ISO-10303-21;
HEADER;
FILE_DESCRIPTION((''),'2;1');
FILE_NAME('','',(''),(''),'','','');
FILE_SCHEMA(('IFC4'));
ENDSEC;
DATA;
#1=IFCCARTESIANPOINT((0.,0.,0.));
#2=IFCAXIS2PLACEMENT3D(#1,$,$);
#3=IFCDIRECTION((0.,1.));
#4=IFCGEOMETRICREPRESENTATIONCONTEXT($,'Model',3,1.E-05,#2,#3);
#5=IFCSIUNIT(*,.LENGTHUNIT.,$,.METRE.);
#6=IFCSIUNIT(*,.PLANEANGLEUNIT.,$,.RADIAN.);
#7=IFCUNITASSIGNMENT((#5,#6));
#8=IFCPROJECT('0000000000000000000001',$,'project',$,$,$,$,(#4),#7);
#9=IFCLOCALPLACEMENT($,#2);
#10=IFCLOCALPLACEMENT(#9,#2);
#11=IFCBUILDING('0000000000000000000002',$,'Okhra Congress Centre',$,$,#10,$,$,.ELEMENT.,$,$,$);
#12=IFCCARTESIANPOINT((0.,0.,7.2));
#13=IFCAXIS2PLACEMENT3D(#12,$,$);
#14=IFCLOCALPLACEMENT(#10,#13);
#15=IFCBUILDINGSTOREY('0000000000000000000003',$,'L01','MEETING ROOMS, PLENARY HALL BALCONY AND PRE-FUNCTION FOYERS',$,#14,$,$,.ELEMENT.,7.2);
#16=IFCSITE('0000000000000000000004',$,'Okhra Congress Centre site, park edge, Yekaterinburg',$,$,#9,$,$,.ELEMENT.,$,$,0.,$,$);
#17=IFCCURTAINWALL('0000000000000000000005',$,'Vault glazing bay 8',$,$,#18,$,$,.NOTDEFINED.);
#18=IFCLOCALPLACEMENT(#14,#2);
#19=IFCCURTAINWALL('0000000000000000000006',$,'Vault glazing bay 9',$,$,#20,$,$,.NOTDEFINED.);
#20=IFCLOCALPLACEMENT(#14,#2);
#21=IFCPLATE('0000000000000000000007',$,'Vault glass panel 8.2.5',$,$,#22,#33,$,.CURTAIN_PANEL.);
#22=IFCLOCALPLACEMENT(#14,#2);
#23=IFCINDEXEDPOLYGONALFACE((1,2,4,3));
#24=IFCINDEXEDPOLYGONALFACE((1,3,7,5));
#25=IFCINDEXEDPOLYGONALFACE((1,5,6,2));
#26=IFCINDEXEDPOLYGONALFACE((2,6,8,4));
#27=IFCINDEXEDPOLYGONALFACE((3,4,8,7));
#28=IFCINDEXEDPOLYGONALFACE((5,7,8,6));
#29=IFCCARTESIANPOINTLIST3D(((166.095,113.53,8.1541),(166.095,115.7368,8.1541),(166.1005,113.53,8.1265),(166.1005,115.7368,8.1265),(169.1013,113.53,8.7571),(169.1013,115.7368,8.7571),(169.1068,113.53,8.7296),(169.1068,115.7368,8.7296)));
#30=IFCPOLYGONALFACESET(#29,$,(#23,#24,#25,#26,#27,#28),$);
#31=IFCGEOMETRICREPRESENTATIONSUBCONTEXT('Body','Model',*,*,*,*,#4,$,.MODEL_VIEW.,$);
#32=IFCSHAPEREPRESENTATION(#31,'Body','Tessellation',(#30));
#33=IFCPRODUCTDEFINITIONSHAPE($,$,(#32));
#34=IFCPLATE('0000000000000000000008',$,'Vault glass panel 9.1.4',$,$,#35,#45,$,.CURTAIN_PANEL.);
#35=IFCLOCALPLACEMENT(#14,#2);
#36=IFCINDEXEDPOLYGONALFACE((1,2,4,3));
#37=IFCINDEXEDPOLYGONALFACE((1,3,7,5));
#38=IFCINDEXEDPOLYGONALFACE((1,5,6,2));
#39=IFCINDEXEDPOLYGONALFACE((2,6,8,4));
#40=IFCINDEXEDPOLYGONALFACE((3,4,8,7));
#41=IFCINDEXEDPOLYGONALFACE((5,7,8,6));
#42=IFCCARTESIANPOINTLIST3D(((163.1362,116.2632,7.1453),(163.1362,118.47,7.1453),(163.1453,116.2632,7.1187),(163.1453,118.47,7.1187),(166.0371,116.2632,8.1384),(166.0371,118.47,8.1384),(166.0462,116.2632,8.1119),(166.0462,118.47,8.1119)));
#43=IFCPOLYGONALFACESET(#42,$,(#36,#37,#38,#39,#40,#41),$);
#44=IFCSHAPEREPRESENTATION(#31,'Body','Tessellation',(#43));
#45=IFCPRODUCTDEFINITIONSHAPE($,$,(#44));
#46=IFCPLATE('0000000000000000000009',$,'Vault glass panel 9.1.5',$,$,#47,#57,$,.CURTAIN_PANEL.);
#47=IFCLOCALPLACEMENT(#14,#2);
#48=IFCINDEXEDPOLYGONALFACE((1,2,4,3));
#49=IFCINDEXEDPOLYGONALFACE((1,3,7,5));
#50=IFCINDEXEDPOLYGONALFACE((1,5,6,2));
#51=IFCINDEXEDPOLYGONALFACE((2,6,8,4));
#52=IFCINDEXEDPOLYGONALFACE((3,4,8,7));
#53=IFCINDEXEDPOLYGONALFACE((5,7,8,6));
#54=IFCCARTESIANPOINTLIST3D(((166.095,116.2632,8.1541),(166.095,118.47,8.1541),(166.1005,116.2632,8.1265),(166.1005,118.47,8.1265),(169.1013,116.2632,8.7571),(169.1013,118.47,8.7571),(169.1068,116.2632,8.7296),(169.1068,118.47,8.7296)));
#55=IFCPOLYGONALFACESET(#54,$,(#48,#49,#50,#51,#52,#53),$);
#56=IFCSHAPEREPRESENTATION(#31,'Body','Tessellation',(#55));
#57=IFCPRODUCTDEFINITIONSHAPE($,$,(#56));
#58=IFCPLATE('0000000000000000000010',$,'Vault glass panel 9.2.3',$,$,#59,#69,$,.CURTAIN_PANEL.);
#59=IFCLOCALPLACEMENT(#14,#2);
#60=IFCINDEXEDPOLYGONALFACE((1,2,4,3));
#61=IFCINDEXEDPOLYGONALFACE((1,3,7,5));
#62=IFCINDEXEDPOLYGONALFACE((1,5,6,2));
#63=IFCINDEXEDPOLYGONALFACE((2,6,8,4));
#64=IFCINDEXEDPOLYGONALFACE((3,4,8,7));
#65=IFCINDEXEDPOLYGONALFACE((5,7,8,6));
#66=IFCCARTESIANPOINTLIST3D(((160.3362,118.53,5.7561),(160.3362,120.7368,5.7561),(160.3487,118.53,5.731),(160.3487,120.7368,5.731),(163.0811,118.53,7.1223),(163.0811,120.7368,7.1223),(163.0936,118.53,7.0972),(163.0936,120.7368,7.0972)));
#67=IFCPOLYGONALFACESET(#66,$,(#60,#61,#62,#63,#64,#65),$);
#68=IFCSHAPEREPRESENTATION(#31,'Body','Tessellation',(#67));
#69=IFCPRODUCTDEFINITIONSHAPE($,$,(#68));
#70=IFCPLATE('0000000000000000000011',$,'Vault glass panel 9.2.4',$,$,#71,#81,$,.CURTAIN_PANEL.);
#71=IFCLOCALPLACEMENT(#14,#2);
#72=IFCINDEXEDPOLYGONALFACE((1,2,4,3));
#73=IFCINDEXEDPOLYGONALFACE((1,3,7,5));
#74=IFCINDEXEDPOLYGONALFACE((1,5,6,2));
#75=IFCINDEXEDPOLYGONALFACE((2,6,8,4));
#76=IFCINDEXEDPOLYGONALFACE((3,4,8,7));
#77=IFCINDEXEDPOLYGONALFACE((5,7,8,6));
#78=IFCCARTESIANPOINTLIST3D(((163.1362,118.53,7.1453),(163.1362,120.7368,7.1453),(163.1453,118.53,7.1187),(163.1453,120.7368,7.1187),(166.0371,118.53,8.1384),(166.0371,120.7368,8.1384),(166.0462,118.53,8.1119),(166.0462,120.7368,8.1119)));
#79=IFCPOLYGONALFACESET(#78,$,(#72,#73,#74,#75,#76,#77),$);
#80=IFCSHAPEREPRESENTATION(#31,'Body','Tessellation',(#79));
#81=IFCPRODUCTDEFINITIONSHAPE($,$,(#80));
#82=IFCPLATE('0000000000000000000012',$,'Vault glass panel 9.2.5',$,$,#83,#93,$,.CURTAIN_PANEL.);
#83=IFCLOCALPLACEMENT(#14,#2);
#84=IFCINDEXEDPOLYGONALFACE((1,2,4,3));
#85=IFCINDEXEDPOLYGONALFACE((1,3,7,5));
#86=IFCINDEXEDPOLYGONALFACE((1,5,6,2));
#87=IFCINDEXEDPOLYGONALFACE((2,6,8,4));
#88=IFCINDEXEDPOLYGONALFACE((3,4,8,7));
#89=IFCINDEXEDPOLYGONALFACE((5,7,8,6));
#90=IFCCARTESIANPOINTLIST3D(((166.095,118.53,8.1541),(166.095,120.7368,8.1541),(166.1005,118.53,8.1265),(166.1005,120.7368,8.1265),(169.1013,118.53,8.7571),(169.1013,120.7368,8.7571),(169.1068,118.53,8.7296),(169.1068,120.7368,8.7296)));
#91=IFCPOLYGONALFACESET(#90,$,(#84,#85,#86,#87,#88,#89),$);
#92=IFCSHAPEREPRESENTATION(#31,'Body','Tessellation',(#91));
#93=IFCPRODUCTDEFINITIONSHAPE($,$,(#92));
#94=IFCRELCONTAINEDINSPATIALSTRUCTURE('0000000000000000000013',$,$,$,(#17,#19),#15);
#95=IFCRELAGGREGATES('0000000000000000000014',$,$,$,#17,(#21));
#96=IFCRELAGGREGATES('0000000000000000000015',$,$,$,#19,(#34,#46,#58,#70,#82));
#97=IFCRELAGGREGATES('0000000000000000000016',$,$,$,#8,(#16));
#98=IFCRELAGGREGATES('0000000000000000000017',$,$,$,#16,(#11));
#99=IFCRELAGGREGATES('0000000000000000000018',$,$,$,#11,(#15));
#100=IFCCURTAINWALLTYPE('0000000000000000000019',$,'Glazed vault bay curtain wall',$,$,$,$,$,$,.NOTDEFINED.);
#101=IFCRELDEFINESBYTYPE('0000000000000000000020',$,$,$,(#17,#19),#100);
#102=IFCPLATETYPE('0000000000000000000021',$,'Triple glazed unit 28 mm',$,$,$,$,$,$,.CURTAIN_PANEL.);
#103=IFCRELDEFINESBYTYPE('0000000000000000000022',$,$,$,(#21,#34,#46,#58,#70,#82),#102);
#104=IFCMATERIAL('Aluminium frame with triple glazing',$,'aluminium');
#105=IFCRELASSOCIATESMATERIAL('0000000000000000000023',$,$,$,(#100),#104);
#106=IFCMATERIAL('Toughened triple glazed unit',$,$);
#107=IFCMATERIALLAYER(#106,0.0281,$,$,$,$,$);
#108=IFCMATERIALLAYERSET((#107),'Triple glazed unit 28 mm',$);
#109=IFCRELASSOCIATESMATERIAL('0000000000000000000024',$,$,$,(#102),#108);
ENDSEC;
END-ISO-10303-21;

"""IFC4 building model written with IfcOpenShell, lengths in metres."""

from ifc_helpers import new_model, si_unit, direction, frame, origin, place, context, subcontext, project, spatial, polyline, outline, extrude, material, layer, layer_set, type_object, element, aggregate, save


model = new_model("IFC4")

# Units and contexts
model_context = context("Model", 3, precision=1e-05, world=origin(), true_north=direction((0.0, 1.0)))
body_context = subcontext(model_context, "Body", "Model", "MODEL_VIEW")
ifc_project = project(units=[si_unit("LENGTHUNIT", "METRE"), si_unit("PLANEANGLEUNIT", "RADIAN")], contexts=[model_context])

# Site, building, storey
site_placement = place(None, origin())
site = spatial("IfcSite", under=ifc_project, at=site_placement, Name="Okhra Congress Centre site, park edge, Yekaterinburg", CompositionType="ELEMENT", RefElevation=0.0)
building_placement = place(site_placement, origin())
building = spatial("IfcBuilding", under=site, at=building_placement, Name="Okhra Congress Centre", CompositionType="ELEMENT")
storey_placement = place(building_placement, frame((0.0, 0.0, 7.2)))
storey = spatial("IfcBuildingStorey", under=building, at=storey_placement, Name="L01", Description="MEETING ROOMS, PLENARY HALL BALCONY AND PRE-FUNCTION FOYERS", CompositionType="ELEMENT", Elevation=7.2)

# Curtain walls
ifc_material_1 = material(Name="Aluminium frame with triple glazing", Category="aluminium")
curtain_wall_type = type_object("IfcCurtainWallType", Name="Glazed vault bay curtain wall", PredefinedType="NOTDEFINED", material=ifc_material_1)
curtain_wall_1_placement = place(storey_placement, origin())
curtain_wall_1 = element("IfcCurtainWall", 1, at=curtain_wall_1_placement, inside=storey, type_object=curtain_wall_type, Name="Vault glazing bay 8", PredefinedType="NOTDEFINED")
curtain_wall_2_placement = place(storey_placement, origin())
curtain_wall_2 = element("IfcCurtainWall", 2, at=curtain_wall_2_placement, inside=storey, type_object=curtain_wall_type, Name="Vault glazing bay 9", PredefinedType="NOTDEFINED")

# Plates
ifc_material_2 = material(Name="Toughened triple glazed unit")
ifc_layer_1 = layer(ifc_material_2, 0.0281)
ifc_layer_set_1 = layer_set([ifc_layer_1], Name="Triple glazed unit 28 mm")
plate_type = type_object("IfcPlateType", Name="Triple glazed unit 28 mm", PredefinedType="CURTAIN_PANEL", material=ifc_layer_set_1)
plate_1_placement = place(storey_placement, frame((166.095, 113.53, 8.1541), z_axis=(-0.196667, 0.0, 0.98047), x_axis=(0.98047, 0.0, 0.196667)))
plate_1 = element("IfcPlate", 3, at=plate_1_placement, type_object=plate_type, Name="Vault glass panel 8.2.5", PredefinedType="CURTAIN_PANEL", context=body_context, shape_type="SweptSolid", body=[
    extrude(outline(polyline([(0.0, 0.0), (3.0662, 0.0), (3.0662, 2.2068), (0.0, 2.2068), (0.0, 0.0)])), origin(), (0.0, 0.0, -1.0), 0.0281),
])
aggregate(curtain_wall_1, [plate_1])
plate_2_placement = place(storey_placement, frame((163.1362, 116.2632, 7.1453), z_axis=(-0.323909, 0.0, 0.946088), x_axis=(0.946088, 0.0, 0.323909)))
plate_2 = element("IfcPlate", 4, at=plate_2_placement, type_object=plate_type, Name="Vault glass panel 9.1.4", PredefinedType="CURTAIN_PANEL", context=body_context, shape_type="SweptSolid", body=[
    extrude(outline(polyline([(0.0, 0.0), (3.0662, 0.0), (3.0662, 2.2068), (0.0, 2.2068), (0.0, 0.0)])), origin(), (0.0, 0.0, -1.0), 0.0281),
])
plate_3_placement = place(storey_placement, frame((166.095, 116.2632, 8.1541), z_axis=(-0.196667, 0.0, 0.98047), x_axis=(0.98047, 0.0, 0.196667)))
plate_3 = element("IfcPlate", 5, at=plate_3_placement, type_object=plate_type, Name="Vault glass panel 9.1.5", PredefinedType="CURTAIN_PANEL", context=body_context, shape_type="SweptSolid", body=[
    extrude(outline(polyline([(0.0, 0.0), (3.0662, 0.0), (3.0662, 2.2068), (0.0, 2.2068), (0.0, 0.0)])), origin(), (0.0, 0.0, -1.0), 0.0281),
])
plate_4_placement = place(storey_placement, frame((160.3362, 118.53, 5.7561), z_axis=(-0.445588, 0.0, 0.895238), x_axis=(0.895238, 0.0, 0.445588)))
plate_4 = element("IfcPlate", 6, at=plate_4_placement, type_object=plate_type, Name="Vault glass panel 9.2.3", PredefinedType="CURTAIN_PANEL", context=body_context, shape_type="SweptSolid", body=[
    extrude(outline(polyline([(0.0, 0.0), (3.0661, 0.0), (3.0661, 2.2068), (0.0, 2.2068), (0.0, 0.0)])), origin(), (0.0, 0.0, -1.0), 0.0281),
])
plate_5_placement = place(storey_placement, frame((163.1362, 118.53, 7.1453), z_axis=(-0.323909, 0.0, 0.946088), x_axis=(0.946088, 0.0, 0.323909)))
plate_5 = element("IfcPlate", 7, at=plate_5_placement, type_object=plate_type, Name="Vault glass panel 9.2.4", PredefinedType="CURTAIN_PANEL", context=body_context, shape_type="SweptSolid", body=[
    extrude(outline(polyline([(0.0, 0.0), (3.0662, 0.0), (3.0662, 2.2068), (0.0, 2.2068), (0.0, 0.0)])), origin(), (0.0, 0.0, -1.0), 0.0281),
])
plate_6_placement = place(storey_placement, frame((166.095, 118.53, 8.1541), z_axis=(-0.196667, 0.0, 0.98047), x_axis=(0.98047, 0.0, 0.196667)))
plate_6 = element("IfcPlate", 8, at=plate_6_placement, type_object=plate_type, Name="Vault glass panel 9.2.5", PredefinedType="CURTAIN_PANEL", context=body_context, shape_type="SweptSolid", body=[
    extrude(outline(polyline([(0.0, 0.0), (3.0662, 0.0), (3.0662, 2.2068), (0.0, 2.2068), (0.0, 0.0)])), origin(), (0.0, 0.0, -1.0), 0.0281),
])
aggregate(curtain_wall_2, [plate_2, plate_3, plate_4, plate_5, plate_6])

save(model, "model.ifc")
